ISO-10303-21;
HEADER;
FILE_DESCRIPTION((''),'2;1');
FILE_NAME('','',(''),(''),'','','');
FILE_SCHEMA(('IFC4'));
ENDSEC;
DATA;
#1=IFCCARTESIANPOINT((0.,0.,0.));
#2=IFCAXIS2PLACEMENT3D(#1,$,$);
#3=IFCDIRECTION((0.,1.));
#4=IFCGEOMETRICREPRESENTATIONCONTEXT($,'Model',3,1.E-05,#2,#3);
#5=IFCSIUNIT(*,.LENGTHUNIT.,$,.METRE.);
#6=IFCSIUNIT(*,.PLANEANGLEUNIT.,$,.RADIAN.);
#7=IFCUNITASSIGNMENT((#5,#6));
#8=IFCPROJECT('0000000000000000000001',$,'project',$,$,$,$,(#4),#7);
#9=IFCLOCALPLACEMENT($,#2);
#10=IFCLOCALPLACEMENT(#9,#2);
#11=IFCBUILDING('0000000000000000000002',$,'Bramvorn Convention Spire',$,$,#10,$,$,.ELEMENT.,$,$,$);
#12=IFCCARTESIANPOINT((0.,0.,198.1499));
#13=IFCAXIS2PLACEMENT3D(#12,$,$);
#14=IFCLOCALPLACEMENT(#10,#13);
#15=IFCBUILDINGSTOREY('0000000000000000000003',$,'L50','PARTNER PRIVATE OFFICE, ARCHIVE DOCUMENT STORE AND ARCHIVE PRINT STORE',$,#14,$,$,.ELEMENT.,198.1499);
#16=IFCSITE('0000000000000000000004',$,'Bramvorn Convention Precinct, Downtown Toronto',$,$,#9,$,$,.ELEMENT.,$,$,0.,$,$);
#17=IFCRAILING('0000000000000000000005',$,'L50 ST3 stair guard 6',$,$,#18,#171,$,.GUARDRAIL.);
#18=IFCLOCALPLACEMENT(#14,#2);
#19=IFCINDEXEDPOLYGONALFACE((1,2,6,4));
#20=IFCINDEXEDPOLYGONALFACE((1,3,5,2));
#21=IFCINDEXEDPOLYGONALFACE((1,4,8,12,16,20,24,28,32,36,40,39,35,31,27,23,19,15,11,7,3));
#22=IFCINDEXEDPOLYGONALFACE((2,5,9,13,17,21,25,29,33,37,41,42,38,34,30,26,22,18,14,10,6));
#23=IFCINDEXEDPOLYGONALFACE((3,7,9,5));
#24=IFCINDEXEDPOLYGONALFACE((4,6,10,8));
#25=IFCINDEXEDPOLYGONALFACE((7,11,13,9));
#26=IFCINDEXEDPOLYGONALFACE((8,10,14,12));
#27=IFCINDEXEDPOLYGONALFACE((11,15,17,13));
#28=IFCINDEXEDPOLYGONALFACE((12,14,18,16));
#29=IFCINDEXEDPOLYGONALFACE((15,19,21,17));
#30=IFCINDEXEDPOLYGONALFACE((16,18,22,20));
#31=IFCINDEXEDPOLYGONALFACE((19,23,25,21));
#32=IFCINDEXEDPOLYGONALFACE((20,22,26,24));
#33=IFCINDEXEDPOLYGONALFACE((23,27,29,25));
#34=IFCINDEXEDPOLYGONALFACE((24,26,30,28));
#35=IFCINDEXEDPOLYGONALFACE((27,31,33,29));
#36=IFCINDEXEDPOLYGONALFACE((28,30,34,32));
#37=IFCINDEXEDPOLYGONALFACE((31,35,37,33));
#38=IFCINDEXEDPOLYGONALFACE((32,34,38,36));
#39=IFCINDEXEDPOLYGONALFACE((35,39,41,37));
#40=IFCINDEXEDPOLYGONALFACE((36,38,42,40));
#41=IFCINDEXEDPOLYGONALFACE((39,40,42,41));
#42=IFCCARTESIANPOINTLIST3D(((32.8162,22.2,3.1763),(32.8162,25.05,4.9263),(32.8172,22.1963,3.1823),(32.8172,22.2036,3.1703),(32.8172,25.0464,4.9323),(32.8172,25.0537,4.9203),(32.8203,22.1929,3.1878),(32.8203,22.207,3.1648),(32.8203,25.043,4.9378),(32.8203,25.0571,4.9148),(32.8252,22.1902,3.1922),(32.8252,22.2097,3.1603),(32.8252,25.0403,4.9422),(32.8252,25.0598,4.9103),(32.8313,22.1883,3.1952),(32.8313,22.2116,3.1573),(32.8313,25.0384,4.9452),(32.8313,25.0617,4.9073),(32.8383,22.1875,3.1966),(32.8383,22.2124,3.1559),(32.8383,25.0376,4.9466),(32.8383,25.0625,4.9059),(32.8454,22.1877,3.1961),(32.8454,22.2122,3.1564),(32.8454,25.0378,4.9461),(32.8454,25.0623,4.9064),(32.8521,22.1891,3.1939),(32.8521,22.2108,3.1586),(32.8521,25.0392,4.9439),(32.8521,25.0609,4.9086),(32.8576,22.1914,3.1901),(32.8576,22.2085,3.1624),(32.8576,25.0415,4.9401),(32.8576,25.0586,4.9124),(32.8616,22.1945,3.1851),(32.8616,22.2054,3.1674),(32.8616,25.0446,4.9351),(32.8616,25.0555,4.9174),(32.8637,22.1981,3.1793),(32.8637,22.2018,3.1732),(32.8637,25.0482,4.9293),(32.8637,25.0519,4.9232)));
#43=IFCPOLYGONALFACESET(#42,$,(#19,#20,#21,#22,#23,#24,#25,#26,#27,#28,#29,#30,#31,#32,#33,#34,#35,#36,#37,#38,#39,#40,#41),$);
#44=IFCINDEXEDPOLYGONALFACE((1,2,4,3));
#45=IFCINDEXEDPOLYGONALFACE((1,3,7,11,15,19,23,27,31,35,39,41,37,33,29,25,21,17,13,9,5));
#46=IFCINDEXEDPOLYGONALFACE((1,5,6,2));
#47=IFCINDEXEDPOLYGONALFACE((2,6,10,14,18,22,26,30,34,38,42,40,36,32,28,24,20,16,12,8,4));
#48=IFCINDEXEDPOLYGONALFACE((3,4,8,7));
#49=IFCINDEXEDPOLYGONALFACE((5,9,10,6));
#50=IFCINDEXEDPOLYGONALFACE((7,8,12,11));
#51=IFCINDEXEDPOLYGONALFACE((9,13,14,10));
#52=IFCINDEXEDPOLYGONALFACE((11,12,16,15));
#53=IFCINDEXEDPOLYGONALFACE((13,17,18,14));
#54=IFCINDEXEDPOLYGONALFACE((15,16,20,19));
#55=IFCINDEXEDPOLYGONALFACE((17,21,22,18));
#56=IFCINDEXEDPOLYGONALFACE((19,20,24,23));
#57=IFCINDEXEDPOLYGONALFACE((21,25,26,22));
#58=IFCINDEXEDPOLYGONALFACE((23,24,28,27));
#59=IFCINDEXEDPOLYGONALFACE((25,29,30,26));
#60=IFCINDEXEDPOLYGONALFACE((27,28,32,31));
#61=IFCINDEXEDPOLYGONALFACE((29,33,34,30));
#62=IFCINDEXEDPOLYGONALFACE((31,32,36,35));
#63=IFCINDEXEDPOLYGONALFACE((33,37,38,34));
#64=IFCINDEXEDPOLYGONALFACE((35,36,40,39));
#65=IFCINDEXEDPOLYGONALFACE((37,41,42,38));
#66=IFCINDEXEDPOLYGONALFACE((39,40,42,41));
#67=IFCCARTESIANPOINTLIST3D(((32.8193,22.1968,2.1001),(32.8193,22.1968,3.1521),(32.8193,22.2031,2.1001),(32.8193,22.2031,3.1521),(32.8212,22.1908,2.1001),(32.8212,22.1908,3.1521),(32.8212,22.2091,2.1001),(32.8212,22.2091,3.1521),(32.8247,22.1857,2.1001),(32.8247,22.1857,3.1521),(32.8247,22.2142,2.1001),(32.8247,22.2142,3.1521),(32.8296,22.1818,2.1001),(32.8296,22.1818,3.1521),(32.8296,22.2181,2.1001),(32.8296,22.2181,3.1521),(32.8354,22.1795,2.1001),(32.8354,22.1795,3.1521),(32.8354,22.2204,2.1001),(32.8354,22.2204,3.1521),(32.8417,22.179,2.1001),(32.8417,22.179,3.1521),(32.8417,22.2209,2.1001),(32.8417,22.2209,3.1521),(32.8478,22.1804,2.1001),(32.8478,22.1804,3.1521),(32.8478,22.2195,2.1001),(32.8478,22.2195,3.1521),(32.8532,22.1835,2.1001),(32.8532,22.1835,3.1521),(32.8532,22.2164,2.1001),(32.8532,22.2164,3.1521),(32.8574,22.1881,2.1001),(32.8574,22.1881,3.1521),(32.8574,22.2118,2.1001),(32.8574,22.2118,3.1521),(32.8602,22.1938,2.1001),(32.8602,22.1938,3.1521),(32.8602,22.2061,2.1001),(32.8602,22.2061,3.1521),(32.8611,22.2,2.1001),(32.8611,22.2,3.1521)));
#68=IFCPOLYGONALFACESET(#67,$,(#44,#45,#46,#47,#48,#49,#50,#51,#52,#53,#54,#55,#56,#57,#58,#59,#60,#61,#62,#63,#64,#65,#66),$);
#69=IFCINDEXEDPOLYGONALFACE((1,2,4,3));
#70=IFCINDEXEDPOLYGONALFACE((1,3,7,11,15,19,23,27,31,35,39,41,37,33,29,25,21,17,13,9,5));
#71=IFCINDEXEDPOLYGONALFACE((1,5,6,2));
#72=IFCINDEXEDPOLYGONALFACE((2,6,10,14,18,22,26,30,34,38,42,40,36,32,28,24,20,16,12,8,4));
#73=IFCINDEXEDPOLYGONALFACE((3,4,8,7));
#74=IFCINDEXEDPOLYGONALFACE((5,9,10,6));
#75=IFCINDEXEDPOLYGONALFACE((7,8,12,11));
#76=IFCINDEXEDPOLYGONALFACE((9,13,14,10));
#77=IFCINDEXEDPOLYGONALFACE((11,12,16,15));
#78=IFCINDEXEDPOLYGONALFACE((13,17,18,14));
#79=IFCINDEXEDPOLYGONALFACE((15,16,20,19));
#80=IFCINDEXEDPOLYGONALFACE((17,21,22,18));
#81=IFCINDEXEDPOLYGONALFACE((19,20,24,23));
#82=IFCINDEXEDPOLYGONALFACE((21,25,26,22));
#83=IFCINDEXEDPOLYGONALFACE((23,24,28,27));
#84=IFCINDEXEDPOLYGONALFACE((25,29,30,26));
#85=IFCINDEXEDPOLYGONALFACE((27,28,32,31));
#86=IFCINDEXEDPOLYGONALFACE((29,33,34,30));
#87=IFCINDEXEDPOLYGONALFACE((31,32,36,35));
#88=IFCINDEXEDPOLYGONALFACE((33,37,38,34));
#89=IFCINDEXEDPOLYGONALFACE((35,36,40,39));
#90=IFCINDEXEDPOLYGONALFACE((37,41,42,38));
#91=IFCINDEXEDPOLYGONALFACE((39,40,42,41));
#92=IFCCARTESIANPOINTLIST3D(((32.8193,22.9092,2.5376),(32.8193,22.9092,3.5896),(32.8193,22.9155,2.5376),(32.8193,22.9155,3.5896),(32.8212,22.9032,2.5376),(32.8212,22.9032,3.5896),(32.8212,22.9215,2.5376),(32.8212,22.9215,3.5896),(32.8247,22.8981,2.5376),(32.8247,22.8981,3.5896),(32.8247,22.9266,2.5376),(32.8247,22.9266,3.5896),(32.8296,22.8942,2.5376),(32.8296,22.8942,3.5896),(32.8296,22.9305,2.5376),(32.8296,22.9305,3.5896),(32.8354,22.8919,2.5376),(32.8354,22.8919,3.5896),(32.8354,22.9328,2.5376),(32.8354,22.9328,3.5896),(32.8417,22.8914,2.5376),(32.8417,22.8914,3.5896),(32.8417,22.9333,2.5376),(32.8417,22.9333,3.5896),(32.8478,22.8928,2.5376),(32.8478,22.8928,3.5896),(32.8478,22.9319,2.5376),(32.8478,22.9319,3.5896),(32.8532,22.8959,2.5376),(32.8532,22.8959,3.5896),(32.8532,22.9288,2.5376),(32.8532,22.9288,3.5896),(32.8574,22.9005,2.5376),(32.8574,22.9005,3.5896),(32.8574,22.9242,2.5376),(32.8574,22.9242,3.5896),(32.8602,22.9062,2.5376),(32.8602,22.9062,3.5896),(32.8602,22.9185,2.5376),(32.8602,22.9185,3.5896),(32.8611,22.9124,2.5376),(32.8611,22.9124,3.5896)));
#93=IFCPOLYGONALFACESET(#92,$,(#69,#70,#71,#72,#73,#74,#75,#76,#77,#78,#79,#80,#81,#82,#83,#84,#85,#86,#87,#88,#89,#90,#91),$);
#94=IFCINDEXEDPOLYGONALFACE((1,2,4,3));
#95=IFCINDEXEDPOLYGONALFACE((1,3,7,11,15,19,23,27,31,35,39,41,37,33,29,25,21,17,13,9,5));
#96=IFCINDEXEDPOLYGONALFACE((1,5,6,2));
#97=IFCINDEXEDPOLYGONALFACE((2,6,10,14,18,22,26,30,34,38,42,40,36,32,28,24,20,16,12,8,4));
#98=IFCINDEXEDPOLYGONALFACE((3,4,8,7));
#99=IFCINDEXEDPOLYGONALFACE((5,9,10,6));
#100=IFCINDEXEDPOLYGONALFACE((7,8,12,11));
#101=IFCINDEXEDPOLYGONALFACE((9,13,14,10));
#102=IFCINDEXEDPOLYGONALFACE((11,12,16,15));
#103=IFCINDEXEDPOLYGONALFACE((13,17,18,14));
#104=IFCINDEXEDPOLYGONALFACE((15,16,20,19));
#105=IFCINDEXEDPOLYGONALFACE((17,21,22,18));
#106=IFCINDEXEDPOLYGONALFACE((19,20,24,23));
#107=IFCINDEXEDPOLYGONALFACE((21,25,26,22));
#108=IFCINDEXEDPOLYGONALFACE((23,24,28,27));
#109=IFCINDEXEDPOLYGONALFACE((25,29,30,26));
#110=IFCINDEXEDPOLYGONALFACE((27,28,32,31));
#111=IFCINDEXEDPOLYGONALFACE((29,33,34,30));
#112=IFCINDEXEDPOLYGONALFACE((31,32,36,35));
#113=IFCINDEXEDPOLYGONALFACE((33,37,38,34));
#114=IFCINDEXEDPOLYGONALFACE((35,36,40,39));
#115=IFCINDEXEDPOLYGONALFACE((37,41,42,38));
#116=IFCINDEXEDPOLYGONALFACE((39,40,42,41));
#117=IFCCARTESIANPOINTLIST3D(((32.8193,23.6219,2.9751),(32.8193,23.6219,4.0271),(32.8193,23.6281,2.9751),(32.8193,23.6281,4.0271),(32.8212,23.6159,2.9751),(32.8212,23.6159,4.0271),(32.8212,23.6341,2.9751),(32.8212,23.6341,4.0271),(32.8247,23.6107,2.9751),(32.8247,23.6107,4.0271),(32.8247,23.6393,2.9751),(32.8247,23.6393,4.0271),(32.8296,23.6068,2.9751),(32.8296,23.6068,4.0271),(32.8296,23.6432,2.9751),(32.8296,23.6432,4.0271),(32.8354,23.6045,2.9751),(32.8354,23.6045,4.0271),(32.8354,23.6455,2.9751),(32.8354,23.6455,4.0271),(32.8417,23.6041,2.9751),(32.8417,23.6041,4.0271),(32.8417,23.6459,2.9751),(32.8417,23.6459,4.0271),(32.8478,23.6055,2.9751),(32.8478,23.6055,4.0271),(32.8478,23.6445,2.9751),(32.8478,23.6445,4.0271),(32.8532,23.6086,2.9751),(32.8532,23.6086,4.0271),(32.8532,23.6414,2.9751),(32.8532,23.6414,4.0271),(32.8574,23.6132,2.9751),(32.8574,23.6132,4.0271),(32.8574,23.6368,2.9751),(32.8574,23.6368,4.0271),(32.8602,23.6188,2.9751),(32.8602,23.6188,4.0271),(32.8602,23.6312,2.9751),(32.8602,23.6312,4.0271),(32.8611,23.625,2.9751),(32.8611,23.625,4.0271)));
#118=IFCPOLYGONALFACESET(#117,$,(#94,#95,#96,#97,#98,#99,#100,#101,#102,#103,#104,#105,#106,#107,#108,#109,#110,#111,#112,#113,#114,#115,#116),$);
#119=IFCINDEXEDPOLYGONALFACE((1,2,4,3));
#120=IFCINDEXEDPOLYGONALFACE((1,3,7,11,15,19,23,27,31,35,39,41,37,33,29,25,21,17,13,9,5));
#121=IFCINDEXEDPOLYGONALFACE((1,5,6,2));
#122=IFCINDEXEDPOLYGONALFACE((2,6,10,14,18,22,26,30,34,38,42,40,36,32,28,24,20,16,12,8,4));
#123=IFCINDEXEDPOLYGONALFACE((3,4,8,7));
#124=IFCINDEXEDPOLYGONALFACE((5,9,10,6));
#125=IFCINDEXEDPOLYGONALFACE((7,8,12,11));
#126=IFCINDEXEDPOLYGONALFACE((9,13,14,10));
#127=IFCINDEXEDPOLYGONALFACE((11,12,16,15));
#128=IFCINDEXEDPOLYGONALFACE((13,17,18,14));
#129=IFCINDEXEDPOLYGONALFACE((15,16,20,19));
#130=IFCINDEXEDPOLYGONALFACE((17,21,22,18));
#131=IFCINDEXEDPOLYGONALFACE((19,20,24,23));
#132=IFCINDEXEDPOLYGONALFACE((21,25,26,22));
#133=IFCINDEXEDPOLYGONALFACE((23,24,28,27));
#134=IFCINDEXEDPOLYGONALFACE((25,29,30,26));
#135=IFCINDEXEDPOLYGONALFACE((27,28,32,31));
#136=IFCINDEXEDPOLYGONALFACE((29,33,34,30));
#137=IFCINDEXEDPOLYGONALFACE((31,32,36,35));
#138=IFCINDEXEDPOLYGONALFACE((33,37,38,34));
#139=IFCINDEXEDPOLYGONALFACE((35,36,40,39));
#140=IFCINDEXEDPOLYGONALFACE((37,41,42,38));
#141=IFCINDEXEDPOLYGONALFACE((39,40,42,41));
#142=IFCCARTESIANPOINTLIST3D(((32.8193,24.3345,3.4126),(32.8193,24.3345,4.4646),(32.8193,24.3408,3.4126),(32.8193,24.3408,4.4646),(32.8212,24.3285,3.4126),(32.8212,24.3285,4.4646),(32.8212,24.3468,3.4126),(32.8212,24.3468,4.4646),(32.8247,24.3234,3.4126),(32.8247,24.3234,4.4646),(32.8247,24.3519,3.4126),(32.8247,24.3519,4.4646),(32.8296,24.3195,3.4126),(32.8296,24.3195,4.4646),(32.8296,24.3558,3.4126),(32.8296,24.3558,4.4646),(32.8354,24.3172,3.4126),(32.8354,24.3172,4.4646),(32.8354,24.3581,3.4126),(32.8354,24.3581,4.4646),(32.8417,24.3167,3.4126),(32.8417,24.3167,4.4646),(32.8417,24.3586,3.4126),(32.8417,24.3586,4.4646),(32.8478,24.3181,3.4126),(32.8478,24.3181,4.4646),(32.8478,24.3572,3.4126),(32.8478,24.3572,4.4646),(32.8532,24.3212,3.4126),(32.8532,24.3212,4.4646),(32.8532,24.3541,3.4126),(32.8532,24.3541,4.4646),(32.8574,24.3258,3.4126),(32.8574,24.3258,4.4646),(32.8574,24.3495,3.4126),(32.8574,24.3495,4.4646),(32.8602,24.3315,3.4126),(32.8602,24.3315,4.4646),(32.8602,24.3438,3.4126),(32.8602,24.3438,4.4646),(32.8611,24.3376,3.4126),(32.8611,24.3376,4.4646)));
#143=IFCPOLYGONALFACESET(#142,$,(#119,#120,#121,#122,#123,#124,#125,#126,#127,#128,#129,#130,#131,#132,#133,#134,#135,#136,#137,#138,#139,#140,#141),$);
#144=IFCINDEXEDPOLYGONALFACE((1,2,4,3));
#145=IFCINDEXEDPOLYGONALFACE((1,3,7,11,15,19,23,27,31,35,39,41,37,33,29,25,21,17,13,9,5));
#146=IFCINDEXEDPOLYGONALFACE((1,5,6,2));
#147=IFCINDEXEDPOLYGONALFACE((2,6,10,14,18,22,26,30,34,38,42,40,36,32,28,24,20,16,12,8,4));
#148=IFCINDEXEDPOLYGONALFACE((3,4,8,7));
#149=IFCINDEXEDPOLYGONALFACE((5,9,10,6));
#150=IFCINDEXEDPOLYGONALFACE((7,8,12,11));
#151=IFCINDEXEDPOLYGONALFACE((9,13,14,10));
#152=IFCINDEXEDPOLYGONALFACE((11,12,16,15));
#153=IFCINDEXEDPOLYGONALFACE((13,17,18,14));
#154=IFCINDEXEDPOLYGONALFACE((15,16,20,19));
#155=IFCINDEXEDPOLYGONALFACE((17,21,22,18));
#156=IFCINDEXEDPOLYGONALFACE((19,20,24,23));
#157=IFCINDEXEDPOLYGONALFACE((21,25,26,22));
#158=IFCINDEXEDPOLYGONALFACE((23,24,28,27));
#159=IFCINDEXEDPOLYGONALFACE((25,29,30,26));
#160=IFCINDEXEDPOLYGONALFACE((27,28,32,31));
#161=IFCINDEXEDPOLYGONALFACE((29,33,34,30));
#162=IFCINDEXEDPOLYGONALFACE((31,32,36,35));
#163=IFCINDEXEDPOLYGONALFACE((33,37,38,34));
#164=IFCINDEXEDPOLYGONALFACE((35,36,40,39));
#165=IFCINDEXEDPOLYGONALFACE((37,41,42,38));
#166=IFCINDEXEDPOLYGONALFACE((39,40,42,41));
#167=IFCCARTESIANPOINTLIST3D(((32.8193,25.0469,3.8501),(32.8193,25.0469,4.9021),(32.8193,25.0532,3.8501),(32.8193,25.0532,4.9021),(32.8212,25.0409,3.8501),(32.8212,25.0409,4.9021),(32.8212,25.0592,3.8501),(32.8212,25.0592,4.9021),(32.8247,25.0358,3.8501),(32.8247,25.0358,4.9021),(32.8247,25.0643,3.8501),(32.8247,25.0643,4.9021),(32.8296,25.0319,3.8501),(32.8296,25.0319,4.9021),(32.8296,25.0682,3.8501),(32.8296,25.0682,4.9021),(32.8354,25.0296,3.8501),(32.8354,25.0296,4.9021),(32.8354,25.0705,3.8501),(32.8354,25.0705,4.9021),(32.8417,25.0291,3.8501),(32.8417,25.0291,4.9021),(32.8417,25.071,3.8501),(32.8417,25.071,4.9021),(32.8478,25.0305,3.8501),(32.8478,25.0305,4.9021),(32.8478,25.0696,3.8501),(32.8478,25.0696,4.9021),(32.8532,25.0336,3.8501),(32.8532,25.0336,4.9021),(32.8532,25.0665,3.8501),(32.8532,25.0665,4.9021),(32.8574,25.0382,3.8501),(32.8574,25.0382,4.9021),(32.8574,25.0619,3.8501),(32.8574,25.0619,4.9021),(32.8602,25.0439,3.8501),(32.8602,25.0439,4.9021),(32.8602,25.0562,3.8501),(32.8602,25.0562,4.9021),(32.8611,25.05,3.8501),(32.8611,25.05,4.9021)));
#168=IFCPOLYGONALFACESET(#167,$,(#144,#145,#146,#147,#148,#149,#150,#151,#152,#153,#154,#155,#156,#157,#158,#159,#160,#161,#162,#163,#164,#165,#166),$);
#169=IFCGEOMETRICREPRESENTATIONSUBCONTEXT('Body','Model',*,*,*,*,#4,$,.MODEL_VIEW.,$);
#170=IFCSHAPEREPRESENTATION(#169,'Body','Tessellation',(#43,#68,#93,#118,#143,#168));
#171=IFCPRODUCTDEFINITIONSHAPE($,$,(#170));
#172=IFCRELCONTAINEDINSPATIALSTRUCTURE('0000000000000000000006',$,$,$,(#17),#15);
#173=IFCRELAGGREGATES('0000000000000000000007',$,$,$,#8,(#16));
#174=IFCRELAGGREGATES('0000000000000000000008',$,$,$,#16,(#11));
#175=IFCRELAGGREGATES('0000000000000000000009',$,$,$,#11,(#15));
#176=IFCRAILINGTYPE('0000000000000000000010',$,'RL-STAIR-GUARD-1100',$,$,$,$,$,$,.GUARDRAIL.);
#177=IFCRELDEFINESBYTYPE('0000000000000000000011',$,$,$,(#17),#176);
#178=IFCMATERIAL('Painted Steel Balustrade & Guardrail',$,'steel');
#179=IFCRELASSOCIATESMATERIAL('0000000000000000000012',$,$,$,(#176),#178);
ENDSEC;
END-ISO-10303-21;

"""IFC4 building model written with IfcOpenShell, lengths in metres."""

from ifc_helpers import new_model, si_unit, direction, frame, origin, origin_2d, place, context, subcontext, project, spatial, circle, extrude, material, type_object, element, save


model = new_model("IFC4")

# Units and contexts
model_context = context("Model", 3, precision=1e-05, world=origin(), true_north=direction((0.0, 1.0)))
body_context = subcontext(model_context, "Body", "Model", "MODEL_VIEW")
ifc_project = project(units=[si_unit("LENGTHUNIT", "METRE"), si_unit("PLANEANGLEUNIT", "RADIAN")], contexts=[model_context])

# Site, building, storey
site_placement = place(None, origin())
site = spatial("IfcSite", under=ifc_project, at=site_placement, Name="Bramvorn Convention Precinct, Downtown Toronto", CompositionType="ELEMENT", RefElevation=0.0)
building_placement = place(site_placement, origin())
building = spatial("IfcBuilding", under=site, at=building_placement, Name="Bramvorn Convention Spire", CompositionType="ELEMENT")
storey_placement = place(building_placement, frame((0.0, 0.0, 198.1499)))
storey = spatial("IfcBuildingStorey", under=building, at=storey_placement, Name="L50", Description="PARTNER PRIVATE OFFICE, ARCHIVE DOCUMENT STORE AND ARCHIVE PRINT STORE", CompositionType="ELEMENT", Elevation=198.1499)

# Railing
ifc_material_1 = material(Name="Painted Steel Balustrade & Guardrail", Category="steel")
railing_type_1 = type_object("IfcRailingType", Name="RL-STAIR-GUARD-1100", PredefinedType="GUARDRAIL", material=ifc_material_1)
railing_1_placement = place(storey_placement, frame((32.8401, 22.2, 2.1001)))
element("IfcRailing", 1, at=railing_1_placement, inside=storey, type_object=railing_type_1, Name="L50 ST3 stair guard 6", PredefinedType="GUARDRAIL", context=body_context, shape_type="SweptSolid", body=[
    extrude(circle(Radius=0.0239, at=origin_2d()), frame((0.0, 0.0, 1.0762), z_axis=(0.0, 0.852179, 0.52325), x_axis=(-1.0, 0.0, 0.0)), (0.0, 0.0, 1.0), 3.3445),
    extrude(circle(Radius=0.021, at=origin_2d()), origin(), (0.0, 0.0, 1.0), 1.052),
    extrude(circle(Radius=0.021, at=origin_2d()), frame((0.0, 0.7124, 0.4375)), (0.0, 0.0, 1.0), 1.052),
    extrude(circle(Radius=0.021, at=origin_2d()), frame((0.0, 1.425, 0.875)), (0.0, 0.0, 1.0), 1.052),
    extrude(circle(Radius=0.021, at=origin_2d()), frame((0.0, 2.1377, 1.3125)), (0.0, 0.0, 1.0), 1.052),
    extrude(circle(Radius=0.021, at=origin_2d()), frame((0.0, 2.8501, 1.75)), (0.0, 0.0, 1.0), 1.052),
])

save(model, "model.ifc")
